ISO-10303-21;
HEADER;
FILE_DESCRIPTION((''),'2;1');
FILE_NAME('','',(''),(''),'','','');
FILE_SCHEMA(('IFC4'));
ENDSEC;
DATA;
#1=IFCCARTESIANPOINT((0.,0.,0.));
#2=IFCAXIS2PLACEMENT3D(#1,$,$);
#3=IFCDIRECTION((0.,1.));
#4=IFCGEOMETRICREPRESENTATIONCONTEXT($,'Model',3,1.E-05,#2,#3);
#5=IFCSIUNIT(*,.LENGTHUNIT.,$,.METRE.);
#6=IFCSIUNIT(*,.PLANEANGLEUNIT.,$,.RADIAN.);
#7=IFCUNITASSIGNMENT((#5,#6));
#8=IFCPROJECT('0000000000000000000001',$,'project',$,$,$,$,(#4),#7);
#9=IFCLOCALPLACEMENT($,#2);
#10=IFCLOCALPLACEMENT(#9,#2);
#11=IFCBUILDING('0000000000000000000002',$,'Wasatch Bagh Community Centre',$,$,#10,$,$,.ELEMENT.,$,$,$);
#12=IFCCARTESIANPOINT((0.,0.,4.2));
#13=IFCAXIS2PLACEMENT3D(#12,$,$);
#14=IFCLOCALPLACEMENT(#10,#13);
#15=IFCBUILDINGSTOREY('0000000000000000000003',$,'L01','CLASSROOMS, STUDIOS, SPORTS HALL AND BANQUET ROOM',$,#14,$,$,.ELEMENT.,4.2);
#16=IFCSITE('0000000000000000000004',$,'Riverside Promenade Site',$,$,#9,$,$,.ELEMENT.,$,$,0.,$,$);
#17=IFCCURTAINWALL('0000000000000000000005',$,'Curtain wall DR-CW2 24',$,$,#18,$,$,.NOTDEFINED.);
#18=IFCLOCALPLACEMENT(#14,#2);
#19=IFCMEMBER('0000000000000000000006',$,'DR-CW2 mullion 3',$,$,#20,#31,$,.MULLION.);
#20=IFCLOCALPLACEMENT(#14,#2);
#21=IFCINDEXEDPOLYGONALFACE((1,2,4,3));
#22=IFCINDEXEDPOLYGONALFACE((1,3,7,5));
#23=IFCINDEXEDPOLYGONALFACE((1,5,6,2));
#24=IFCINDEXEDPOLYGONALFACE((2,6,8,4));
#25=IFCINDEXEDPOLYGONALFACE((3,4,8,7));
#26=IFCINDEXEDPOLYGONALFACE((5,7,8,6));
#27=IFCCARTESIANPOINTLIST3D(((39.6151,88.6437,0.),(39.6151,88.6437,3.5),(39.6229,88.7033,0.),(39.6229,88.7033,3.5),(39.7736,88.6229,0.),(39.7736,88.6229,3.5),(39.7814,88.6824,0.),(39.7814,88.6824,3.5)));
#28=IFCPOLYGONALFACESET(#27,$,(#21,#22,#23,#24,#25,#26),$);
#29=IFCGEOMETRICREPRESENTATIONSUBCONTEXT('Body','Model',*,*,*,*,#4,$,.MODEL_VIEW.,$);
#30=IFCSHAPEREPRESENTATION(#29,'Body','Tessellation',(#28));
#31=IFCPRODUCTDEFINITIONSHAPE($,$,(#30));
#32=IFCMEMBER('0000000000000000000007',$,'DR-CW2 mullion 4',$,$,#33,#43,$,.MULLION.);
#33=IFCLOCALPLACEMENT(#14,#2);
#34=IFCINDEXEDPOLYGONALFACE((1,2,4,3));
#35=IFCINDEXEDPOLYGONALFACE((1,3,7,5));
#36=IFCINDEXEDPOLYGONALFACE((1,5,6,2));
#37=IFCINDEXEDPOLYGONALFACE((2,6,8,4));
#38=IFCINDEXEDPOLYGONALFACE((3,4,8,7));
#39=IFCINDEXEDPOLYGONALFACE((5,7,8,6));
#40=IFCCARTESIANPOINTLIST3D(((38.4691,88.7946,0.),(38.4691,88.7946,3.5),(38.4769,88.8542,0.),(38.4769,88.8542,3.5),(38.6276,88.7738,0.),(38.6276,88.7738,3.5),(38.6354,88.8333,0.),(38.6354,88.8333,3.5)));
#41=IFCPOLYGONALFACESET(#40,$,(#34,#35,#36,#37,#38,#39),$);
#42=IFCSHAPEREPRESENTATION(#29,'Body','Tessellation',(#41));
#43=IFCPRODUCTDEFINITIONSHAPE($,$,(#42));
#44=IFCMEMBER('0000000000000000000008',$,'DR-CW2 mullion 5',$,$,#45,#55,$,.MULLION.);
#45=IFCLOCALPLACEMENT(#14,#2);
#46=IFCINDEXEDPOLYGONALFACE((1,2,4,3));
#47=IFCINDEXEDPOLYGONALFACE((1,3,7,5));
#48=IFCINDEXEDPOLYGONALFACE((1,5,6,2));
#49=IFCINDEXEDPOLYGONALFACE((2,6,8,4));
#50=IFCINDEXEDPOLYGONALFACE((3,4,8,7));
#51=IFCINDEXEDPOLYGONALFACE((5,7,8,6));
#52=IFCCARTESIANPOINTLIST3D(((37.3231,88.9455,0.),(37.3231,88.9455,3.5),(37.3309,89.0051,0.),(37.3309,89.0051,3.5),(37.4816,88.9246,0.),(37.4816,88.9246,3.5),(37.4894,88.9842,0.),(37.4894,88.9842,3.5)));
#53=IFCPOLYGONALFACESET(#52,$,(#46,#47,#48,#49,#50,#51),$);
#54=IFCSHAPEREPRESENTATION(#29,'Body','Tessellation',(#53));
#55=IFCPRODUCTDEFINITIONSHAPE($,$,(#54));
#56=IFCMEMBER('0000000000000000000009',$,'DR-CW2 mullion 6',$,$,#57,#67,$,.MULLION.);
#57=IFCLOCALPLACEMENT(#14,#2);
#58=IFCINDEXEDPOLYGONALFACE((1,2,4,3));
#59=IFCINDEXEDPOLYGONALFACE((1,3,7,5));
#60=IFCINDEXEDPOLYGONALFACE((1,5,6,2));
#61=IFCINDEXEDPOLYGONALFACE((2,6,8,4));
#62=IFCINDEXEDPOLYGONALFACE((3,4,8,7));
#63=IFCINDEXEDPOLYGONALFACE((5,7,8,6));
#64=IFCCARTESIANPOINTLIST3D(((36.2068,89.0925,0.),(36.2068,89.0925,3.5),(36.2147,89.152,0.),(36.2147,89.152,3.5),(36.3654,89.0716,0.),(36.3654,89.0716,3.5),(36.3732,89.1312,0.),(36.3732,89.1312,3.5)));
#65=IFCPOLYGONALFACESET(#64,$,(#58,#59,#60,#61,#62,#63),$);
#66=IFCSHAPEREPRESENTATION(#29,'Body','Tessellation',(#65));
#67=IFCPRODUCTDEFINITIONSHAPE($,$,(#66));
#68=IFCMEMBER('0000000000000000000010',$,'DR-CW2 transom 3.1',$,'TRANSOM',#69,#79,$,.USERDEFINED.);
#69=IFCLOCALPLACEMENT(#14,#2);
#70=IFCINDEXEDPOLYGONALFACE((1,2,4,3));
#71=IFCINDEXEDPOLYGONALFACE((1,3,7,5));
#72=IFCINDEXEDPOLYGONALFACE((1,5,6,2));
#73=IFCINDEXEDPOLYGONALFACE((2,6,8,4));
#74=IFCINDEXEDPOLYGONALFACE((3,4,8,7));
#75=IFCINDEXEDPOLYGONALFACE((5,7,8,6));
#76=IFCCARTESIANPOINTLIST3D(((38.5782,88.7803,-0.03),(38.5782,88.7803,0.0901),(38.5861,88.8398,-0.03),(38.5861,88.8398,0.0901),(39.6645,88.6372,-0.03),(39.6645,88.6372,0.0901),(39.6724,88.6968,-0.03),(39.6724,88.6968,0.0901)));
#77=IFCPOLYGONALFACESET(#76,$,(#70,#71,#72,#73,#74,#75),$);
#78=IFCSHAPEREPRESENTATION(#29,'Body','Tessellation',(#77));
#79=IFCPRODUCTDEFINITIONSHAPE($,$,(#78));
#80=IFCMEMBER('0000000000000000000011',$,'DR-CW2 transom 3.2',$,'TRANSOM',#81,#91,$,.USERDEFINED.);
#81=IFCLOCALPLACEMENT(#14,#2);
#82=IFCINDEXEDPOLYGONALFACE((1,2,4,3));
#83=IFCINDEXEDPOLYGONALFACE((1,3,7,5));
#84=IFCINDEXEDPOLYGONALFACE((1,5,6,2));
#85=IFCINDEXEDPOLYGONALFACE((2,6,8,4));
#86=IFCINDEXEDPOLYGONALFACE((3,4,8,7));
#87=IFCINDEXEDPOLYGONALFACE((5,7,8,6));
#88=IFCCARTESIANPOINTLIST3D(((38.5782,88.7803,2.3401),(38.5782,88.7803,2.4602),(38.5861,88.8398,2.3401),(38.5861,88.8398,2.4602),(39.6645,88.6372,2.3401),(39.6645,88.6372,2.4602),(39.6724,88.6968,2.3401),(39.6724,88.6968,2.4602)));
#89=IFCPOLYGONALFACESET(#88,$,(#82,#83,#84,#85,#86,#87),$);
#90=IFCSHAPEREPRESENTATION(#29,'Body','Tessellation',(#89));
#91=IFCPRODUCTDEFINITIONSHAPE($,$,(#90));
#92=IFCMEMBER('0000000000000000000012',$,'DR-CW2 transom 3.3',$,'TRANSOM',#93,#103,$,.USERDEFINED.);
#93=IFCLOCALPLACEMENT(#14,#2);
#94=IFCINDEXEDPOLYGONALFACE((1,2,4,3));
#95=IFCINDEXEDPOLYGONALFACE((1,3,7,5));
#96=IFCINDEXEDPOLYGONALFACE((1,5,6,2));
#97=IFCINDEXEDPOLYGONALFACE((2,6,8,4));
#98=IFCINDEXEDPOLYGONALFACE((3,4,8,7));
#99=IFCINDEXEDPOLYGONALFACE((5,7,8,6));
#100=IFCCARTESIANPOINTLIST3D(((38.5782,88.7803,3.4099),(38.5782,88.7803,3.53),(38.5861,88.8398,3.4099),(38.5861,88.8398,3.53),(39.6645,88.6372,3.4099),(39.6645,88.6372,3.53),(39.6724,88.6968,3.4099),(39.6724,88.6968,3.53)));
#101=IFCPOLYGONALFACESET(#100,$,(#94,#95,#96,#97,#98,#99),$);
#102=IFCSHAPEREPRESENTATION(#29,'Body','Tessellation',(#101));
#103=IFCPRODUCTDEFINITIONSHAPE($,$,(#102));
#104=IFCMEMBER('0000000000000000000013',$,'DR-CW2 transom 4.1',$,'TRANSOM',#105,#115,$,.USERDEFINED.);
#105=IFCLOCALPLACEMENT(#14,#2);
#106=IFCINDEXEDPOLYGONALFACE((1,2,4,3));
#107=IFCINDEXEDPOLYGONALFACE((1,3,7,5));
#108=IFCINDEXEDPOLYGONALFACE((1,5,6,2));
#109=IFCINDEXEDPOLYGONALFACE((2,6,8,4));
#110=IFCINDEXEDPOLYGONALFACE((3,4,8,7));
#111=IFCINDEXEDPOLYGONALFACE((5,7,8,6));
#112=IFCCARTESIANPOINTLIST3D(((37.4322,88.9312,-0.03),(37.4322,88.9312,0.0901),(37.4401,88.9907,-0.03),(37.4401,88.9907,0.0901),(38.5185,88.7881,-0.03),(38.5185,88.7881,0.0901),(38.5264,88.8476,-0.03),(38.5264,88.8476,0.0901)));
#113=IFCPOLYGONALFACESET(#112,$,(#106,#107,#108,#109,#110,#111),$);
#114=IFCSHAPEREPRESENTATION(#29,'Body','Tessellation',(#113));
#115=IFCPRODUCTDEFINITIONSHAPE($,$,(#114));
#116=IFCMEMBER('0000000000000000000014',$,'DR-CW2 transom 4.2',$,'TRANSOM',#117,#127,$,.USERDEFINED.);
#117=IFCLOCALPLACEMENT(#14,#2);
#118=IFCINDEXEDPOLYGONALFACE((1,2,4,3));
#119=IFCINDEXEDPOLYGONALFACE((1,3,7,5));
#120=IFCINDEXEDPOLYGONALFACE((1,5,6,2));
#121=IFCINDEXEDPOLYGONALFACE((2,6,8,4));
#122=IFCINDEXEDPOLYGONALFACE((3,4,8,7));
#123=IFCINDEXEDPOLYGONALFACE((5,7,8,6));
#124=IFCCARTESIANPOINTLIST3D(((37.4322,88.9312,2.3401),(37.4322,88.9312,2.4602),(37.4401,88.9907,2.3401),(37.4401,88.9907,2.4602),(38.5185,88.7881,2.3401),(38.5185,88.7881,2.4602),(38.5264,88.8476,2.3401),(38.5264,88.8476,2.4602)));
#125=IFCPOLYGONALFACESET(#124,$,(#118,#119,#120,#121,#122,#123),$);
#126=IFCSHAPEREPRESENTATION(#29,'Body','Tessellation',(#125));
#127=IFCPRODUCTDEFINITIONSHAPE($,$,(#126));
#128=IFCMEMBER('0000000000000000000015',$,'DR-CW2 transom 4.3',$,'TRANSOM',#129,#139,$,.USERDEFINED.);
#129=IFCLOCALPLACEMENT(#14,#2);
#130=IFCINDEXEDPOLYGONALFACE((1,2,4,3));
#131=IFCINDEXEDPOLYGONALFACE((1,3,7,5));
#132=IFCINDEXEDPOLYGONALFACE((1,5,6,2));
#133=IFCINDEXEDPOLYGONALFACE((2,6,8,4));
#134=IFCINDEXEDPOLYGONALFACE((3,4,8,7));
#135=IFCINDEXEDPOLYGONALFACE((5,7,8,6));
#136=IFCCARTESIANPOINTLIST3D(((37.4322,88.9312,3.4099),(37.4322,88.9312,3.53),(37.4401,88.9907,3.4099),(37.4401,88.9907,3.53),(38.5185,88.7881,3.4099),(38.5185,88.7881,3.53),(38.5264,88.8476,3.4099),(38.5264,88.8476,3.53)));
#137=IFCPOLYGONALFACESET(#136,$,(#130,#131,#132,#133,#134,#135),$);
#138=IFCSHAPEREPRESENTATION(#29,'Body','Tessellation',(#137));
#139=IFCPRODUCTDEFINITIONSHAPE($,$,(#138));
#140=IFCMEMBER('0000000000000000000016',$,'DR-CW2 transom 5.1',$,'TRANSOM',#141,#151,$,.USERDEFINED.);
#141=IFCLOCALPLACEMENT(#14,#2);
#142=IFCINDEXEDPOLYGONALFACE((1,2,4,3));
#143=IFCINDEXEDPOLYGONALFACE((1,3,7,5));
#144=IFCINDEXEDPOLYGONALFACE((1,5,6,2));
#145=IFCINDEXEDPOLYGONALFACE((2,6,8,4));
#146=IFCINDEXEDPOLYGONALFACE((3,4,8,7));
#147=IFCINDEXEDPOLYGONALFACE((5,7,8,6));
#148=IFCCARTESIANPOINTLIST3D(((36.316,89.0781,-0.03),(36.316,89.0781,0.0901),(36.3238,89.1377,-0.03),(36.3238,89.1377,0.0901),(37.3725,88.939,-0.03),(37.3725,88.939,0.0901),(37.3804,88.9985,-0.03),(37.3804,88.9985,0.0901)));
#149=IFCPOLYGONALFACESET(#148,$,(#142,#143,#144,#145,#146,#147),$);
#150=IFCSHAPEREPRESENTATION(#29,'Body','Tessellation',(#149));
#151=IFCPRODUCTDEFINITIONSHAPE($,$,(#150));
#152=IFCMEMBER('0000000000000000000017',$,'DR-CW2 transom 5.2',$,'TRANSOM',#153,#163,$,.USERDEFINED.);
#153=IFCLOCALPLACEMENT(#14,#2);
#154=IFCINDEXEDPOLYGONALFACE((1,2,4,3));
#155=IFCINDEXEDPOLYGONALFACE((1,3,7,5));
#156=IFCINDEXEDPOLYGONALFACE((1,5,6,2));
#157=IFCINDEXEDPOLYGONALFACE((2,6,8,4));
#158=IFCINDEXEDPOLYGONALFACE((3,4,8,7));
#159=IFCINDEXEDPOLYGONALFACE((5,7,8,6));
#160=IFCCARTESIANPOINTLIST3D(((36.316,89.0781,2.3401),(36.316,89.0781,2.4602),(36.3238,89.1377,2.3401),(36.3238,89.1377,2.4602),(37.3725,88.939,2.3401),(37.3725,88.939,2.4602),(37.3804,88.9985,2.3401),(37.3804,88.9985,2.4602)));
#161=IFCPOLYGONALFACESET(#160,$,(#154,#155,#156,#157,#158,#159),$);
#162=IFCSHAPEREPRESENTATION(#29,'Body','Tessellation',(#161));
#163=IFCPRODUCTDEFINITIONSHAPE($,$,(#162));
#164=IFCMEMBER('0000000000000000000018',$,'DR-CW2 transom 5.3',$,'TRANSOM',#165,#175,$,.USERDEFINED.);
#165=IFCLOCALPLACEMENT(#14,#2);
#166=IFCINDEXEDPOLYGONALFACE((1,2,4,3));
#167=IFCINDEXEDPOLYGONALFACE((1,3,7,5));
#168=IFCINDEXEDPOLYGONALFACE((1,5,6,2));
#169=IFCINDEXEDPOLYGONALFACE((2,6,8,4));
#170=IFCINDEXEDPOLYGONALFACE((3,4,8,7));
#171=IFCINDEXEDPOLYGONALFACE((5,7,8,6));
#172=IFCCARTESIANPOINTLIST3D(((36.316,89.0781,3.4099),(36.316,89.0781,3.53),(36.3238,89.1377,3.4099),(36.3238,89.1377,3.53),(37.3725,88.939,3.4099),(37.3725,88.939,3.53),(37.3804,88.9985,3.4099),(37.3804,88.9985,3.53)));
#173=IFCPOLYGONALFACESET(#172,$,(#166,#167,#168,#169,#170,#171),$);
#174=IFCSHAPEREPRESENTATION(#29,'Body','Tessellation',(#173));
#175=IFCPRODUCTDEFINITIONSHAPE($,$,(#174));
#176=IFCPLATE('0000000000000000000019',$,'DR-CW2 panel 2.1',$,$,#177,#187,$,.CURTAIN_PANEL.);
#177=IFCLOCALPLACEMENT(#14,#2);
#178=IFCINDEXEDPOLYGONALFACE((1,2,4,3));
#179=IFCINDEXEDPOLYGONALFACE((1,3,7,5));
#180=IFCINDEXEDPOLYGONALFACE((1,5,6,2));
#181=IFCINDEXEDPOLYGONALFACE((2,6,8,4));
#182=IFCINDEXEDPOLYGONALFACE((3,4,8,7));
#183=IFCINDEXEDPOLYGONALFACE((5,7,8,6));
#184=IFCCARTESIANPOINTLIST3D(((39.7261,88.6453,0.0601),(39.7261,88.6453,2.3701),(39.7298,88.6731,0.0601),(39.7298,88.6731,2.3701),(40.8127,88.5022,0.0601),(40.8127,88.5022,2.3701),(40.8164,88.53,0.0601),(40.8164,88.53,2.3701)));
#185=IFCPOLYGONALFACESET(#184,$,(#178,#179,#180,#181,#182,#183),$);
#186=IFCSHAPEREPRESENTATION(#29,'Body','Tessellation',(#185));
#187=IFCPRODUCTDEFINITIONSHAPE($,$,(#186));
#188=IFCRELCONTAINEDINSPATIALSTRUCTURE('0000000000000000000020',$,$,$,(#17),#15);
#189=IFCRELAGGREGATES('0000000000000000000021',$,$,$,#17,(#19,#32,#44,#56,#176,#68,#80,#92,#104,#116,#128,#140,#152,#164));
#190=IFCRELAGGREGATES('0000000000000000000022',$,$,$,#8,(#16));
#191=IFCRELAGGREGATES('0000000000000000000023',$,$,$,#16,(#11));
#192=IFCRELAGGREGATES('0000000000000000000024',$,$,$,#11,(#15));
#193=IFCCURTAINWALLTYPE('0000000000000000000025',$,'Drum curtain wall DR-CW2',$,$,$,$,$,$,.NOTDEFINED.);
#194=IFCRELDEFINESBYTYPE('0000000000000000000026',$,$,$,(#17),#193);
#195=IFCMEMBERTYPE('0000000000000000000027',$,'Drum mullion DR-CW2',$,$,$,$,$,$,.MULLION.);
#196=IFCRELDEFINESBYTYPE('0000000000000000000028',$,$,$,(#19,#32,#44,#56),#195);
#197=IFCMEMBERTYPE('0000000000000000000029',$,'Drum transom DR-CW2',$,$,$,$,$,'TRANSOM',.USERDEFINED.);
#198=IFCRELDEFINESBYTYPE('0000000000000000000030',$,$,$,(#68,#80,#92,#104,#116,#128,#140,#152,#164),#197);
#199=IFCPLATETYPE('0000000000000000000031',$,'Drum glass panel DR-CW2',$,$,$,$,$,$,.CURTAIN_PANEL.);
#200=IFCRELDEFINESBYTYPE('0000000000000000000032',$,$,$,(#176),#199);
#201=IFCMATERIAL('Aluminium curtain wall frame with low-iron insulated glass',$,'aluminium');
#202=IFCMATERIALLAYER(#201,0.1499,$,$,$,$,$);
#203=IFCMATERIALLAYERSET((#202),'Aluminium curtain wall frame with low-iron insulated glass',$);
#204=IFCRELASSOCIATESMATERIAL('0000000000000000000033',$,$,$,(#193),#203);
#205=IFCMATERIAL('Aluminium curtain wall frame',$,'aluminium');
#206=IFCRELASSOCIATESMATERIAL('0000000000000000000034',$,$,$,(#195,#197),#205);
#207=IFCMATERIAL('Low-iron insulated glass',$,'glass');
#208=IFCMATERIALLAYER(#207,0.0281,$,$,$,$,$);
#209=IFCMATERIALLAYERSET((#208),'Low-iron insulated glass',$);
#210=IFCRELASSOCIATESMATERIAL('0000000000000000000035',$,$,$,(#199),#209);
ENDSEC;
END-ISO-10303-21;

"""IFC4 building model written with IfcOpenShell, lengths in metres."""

from ifc_helpers import new_model, si_unit, direction, frame, origin, origin_2d, place, context, subcontext, project, spatial, rectangle, extrude, material, layer, layer_set, material_profile, profile_set, type_object, element, aggregate, save


model = new_model("IFC4")

# Units and contexts
model_context = context("Model", 3, precision=1e-05, world=origin(), true_north=direction((0.0, 1.0)))
body_context = subcontext(model_context, "Body", "Model", "MODEL_VIEW")
ifc_project = project(units=[si_unit("LENGTHUNIT", "METRE"), si_unit("PLANEANGLEUNIT", "RADIAN")], contexts=[model_context])

# Site, building, storey
site_placement = place(None, origin())
site = spatial("IfcSite", under=ifc_project, at=site_placement, Name="Riverside Promenade Site", CompositionType="ELEMENT", RefElevation=0.0)
building_placement = place(site_placement, origin())
building = spatial("IfcBuilding", under=site, at=building_placement, Name="Wasatch Bagh Community Centre", CompositionType="ELEMENT")
storey_placement = place(building_placement, frame((0.0, 0.0, 4.2)))
storey = spatial("IfcBuildingStorey", under=building, at=storey_placement, Name="L01", Description="CLASSROOMS, STUDIOS, SPORTS HALL AND BANQUET ROOM", CompositionType="ELEMENT", Elevation=4.2)

# Curtain wall, members, plate
ifc_material_1 = material(Name="Aluminium curtain wall frame with low-iron insulated glass", Category="aluminium")
ifc_layer_1 = layer(ifc_material_1, 0.1499)
ifc_layer_set_1 = layer_set([ifc_layer_1], Name="Aluminium curtain wall frame with low-iron insulated glass")
curtain_wall_type = type_object("IfcCurtainWallType", Name="Drum curtain wall DR-CW2", PredefinedType="NOTDEFINED", material=ifc_layer_set_1)
curtain_wall_placement = place(storey_placement, origin())
curtain_wall = element("IfcCurtainWall", 1, at=curtain_wall_placement, inside=storey, type_object=curtain_wall_type, Name="Curtain wall DR-CW2 24", PredefinedType="NOTDEFINED")
ifc_material_2 = material(Name="Aluminium curtain wall frame", Category="aluminium")
ifc_material_profile_1 = material_profile(ifc_material_2, rectangle(XDim=0.0601, YDim=0.1599, at=origin_2d()), Name="Drum mullion DR-CW2")
ifc_profile_set_1 = profile_set([ifc_material_profile_1], Name="Aluminium curtain wall frame")
member_type_1 = type_object("IfcMemberType", Name="Drum mullion DR-CW2", PredefinedType="MULLION", material=ifc_profile_set_1)
member_1_placement = place(storey_placement, frame((39.6982, 88.6631, 0.0), z_axis=(0.0, 0.0, 1.0), x_axis=(-0.130526, -0.991445, 0.0)))
member_1 = element("IfcMember", 2, at=member_1_placement, type_object=member_type_1, Name="DR-CW2 mullion 3", PredefinedType="MULLION", context=body_context, shape_type="SweptSolid", body=[
    extrude(rectangle(XDim=0.0601, YDim=0.1599, at=origin_2d()), origin(), (0.0, 0.0, 1.0), 3.5),
])
member_2_placement = place(storey_placement, frame((38.5522, 88.814, 0.0), z_axis=(0.0, 0.0, 1.0), x_axis=(-0.130526, -0.991445, 0.0)))
member_2 = element("IfcMember", 3, at=member_2_placement, type_object=member_type_1, Name="DR-CW2 mullion 4", PredefinedType="MULLION", context=body_context, shape_type="SweptSolid", body=[
    extrude(rectangle(XDim=0.0601, YDim=0.1599, at=origin_2d()), origin(), (0.0, 0.0, 1.0), 3.5),
])
member_3_placement = place(storey_placement, frame((37.4062, 88.9648, 0.0), z_axis=(0.0, 0.0, 1.0), x_axis=(-0.130526, -0.991445, 0.0)))
member_3 = element("IfcMember", 4, at=member_3_placement, type_object=member_type_1, Name="DR-CW2 mullion 5", PredefinedType="MULLION", context=body_context, shape_type="SweptSolid", body=[
    extrude(rectangle(XDim=0.0601, YDim=0.1599, at=origin_2d()), origin(), (0.0, 0.0, 1.0), 3.5),
])
member_4_placement = place(storey_placement, frame((36.29, 89.1118, 0.0), z_axis=(0.0, 0.0, 1.0), x_axis=(-0.130526, -0.991445, 0.0)))
member_4 = element("IfcMember", 5, at=member_4_placement, type_object=member_type_1, Name="DR-CW2 mullion 6", PredefinedType="MULLION", context=body_context, shape_type="SweptSolid", body=[
    extrude(rectangle(XDim=0.0601, YDim=0.1599, at=origin_2d()), origin(), (0.0, 0.0, 1.0), 3.5),
])
ifc_material_profile_2 = material_profile(ifc_material_2, rectangle(XDim=0.0601, YDim=0.1201, at=origin_2d()), Name="Drum transom DR-CW2")
ifc_profile_set_2 = profile_set([ifc_material_profile_2], Name="Aluminium curtain wall frame")
member_type_2 = type_object("IfcMemberType", Name="Drum transom DR-CW2", ElementType="TRANSOM", PredefinedType="USERDEFINED", material=ifc_profile_set_2)
member_5_placement = place(storey_placement, frame((39.6685, 88.667, 0.03), z_axis=(-0.991441, 0.130558, 0.0), x_axis=(-0.130558, -0.991441, 0.0)))
member_5 = element("IfcMember", 6, at=member_5_placement, type_object=member_type_2, Name="DR-CW2 transom 3.1", ObjectType="TRANSOM", PredefinedType="USERDEFINED", context=body_context, shape_type="SweptSolid", body=[
    extrude(rectangle(XDim=0.0601, YDim=0.1201, at=origin_2d()), origin(), (0.0, 0.0, 1.0), 1.0957),
])
member_6_placement = place(storey_placement, frame((39.6685, 88.667, 2.4001), z_axis=(-0.991441, 0.130558, 0.0), x_axis=(-0.130558, -0.991441, 0.0)))
member_6 = element("IfcMember", 7, at=member_6_placement, type_object=member_type_2, Name="DR-CW2 transom 3.2", ObjectType="TRANSOM", PredefinedType="USERDEFINED", context=body_context, shape_type="SweptSolid", body=[
    extrude(rectangle(XDim=0.0601, YDim=0.1201, at=origin_2d()), origin(), (0.0, 0.0, 1.0), 1.0957),
])
member_7_placement = place(storey_placement, frame((39.6685, 88.667, 3.47), z_axis=(-0.991441, 0.130558, 0.0), x_axis=(-0.130558, -0.991441, 0.0)))
member_7 = element("IfcMember", 8, at=member_7_placement, type_object=member_type_2, Name="DR-CW2 transom 3.3", ObjectType="TRANSOM", PredefinedType="USERDEFINED", context=body_context, shape_type="SweptSolid", body=[
    extrude(rectangle(XDim=0.0601, YDim=0.1201, at=origin_2d()), origin(), (0.0, 0.0, 1.0), 1.0957),
])
member_8_placement = place(storey_placement, frame((38.5225, 88.8179, 0.03), z_axis=(-0.991441, 0.130558, 0.0), x_axis=(-0.130558, -0.991441, 0.0)))
member_8 = element("IfcMember", 9, at=member_8_placement, type_object=member_type_2, Name="DR-CW2 transom 4.1", ObjectType="TRANSOM", PredefinedType="USERDEFINED", context=body_context, shape_type="SweptSolid", body=[
    extrude(rectangle(XDim=0.0601, YDim=0.1201, at=origin_2d()), origin(), (0.0, 0.0, 1.0), 1.0957),
])
member_9_placement = place(storey_placement, frame((38.5225, 88.8179, 2.4001), z_axis=(-0.991441, 0.130558, 0.0), x_axis=(-0.130558, -0.991441, 0.0)))
member_9 = element("IfcMember", 10, at=member_9_placement, type_object=member_type_2, Name="DR-CW2 transom 4.2", ObjectType="TRANSOM", PredefinedType="USERDEFINED", context=body_context, shape_type="SweptSolid", body=[
    extrude(rectangle(XDim=0.0601, YDim=0.1201, at=origin_2d()), origin(), (0.0, 0.0, 1.0), 1.0957),
])
member_10_placement = place(storey_placement, frame((38.5225, 88.8179, 3.47), z_axis=(-0.991441, 0.130558, 0.0), x_axis=(-0.130558, -0.991441, 0.0)))
member_10 = element("IfcMember", 11, at=member_10_placement, type_object=member_type_2, Name="DR-CW2 transom 4.3", ObjectType="TRANSOM", PredefinedType="USERDEFINED", context=body_context, shape_type="SweptSolid", body=[
    extrude(rectangle(XDim=0.0601, YDim=0.1201, at=origin_2d()), origin(), (0.0, 0.0, 1.0), 1.0957),
])
member_11_placement = place(storey_placement, frame((37.3765, 88.9688, 0.03), z_axis=(-0.991439, 0.130573, 0.0), x_axis=(-0.130573, -0.991439, 0.0)))
member_11 = element("IfcMember", 12, at=member_11_placement, type_object=member_type_2, Name="DR-CW2 transom 5.1", ObjectType="TRANSOM", PredefinedType="USERDEFINED", context=body_context, shape_type="SweptSolid", body=[
    extrude(rectangle(XDim=0.0601, YDim=0.1201, at=origin_2d()), origin(), (0.0, 0.0, 1.0), 1.0657),
])
member_12_placement = place(storey_placement, frame((37.3765, 88.9688, 2.4001), z_axis=(-0.991439, 0.130573, 0.0), x_axis=(-0.130573, -0.991439, 0.0)))
member_12 = element("IfcMember", 13, at=member_12_placement, type_object=member_type_2, Name="DR-CW2 transom 5.2", ObjectType="TRANSOM", PredefinedType="USERDEFINED", context=body_context, shape_type="SweptSolid", body=[
    extrude(rectangle(XDim=0.0601, YDim=0.1201, at=origin_2d()), origin(), (0.0, 0.0, 1.0), 1.0657),
])
member_13_placement = place(storey_placement, frame((37.3765, 88.9688, 3.47), z_axis=(-0.991439, 0.130573, 0.0), x_axis=(-0.130573, -0.991439, 0.0)))
member_13 = element("IfcMember", 14, at=member_13_placement, type_object=member_type_2, Name="DR-CW2 transom 5.3", ObjectType="TRANSOM", PredefinedType="USERDEFINED", context=body_context, shape_type="SweptSolid", body=[
    extrude(rectangle(XDim=0.0601, YDim=0.1201, at=origin_2d()), origin(), (0.0, 0.0, 1.0), 1.0657),
])
ifc_material_3 = material(Name="Low-iron insulated glass", Category="glass")
ifc_layer_2 = layer(ifc_material_3, 0.0281)
ifc_layer_set_2 = layer_set([ifc_layer_2], Name="Low-iron insulated glass")
plate_type = type_object("IfcPlateType", Name="Drum glass panel DR-CW2", PredefinedType="CURTAIN_PANEL", material=ifc_layer_set_2)
plate_1_placement = place(storey_placement, frame((40.2712, 88.5876, 0.0601), z_axis=(0.0, 0.0, 1.0), x_axis=(-0.991445, 0.130526, 0.0)))
plate_1 = element("IfcPlate", 15, at=plate_1_placement, type_object=plate_type, Name="DR-CW2 panel 2.1", PredefinedType="CURTAIN_PANEL", context=body_context, shape_type="SweptSolid", body=[
    extrude(rectangle(XDim=1.0959, YDim=0.0281, at=origin_2d()), origin(), (0.0, 0.0, 1.0), 2.3101),
])
aggregate(curtain_wall, [member_1, member_2, member_3, member_4, plate_1, member_5, member_6, member_7, member_8, member_9, member_10, member_11, member_12, member_13])

save(model, "model.ifc")
